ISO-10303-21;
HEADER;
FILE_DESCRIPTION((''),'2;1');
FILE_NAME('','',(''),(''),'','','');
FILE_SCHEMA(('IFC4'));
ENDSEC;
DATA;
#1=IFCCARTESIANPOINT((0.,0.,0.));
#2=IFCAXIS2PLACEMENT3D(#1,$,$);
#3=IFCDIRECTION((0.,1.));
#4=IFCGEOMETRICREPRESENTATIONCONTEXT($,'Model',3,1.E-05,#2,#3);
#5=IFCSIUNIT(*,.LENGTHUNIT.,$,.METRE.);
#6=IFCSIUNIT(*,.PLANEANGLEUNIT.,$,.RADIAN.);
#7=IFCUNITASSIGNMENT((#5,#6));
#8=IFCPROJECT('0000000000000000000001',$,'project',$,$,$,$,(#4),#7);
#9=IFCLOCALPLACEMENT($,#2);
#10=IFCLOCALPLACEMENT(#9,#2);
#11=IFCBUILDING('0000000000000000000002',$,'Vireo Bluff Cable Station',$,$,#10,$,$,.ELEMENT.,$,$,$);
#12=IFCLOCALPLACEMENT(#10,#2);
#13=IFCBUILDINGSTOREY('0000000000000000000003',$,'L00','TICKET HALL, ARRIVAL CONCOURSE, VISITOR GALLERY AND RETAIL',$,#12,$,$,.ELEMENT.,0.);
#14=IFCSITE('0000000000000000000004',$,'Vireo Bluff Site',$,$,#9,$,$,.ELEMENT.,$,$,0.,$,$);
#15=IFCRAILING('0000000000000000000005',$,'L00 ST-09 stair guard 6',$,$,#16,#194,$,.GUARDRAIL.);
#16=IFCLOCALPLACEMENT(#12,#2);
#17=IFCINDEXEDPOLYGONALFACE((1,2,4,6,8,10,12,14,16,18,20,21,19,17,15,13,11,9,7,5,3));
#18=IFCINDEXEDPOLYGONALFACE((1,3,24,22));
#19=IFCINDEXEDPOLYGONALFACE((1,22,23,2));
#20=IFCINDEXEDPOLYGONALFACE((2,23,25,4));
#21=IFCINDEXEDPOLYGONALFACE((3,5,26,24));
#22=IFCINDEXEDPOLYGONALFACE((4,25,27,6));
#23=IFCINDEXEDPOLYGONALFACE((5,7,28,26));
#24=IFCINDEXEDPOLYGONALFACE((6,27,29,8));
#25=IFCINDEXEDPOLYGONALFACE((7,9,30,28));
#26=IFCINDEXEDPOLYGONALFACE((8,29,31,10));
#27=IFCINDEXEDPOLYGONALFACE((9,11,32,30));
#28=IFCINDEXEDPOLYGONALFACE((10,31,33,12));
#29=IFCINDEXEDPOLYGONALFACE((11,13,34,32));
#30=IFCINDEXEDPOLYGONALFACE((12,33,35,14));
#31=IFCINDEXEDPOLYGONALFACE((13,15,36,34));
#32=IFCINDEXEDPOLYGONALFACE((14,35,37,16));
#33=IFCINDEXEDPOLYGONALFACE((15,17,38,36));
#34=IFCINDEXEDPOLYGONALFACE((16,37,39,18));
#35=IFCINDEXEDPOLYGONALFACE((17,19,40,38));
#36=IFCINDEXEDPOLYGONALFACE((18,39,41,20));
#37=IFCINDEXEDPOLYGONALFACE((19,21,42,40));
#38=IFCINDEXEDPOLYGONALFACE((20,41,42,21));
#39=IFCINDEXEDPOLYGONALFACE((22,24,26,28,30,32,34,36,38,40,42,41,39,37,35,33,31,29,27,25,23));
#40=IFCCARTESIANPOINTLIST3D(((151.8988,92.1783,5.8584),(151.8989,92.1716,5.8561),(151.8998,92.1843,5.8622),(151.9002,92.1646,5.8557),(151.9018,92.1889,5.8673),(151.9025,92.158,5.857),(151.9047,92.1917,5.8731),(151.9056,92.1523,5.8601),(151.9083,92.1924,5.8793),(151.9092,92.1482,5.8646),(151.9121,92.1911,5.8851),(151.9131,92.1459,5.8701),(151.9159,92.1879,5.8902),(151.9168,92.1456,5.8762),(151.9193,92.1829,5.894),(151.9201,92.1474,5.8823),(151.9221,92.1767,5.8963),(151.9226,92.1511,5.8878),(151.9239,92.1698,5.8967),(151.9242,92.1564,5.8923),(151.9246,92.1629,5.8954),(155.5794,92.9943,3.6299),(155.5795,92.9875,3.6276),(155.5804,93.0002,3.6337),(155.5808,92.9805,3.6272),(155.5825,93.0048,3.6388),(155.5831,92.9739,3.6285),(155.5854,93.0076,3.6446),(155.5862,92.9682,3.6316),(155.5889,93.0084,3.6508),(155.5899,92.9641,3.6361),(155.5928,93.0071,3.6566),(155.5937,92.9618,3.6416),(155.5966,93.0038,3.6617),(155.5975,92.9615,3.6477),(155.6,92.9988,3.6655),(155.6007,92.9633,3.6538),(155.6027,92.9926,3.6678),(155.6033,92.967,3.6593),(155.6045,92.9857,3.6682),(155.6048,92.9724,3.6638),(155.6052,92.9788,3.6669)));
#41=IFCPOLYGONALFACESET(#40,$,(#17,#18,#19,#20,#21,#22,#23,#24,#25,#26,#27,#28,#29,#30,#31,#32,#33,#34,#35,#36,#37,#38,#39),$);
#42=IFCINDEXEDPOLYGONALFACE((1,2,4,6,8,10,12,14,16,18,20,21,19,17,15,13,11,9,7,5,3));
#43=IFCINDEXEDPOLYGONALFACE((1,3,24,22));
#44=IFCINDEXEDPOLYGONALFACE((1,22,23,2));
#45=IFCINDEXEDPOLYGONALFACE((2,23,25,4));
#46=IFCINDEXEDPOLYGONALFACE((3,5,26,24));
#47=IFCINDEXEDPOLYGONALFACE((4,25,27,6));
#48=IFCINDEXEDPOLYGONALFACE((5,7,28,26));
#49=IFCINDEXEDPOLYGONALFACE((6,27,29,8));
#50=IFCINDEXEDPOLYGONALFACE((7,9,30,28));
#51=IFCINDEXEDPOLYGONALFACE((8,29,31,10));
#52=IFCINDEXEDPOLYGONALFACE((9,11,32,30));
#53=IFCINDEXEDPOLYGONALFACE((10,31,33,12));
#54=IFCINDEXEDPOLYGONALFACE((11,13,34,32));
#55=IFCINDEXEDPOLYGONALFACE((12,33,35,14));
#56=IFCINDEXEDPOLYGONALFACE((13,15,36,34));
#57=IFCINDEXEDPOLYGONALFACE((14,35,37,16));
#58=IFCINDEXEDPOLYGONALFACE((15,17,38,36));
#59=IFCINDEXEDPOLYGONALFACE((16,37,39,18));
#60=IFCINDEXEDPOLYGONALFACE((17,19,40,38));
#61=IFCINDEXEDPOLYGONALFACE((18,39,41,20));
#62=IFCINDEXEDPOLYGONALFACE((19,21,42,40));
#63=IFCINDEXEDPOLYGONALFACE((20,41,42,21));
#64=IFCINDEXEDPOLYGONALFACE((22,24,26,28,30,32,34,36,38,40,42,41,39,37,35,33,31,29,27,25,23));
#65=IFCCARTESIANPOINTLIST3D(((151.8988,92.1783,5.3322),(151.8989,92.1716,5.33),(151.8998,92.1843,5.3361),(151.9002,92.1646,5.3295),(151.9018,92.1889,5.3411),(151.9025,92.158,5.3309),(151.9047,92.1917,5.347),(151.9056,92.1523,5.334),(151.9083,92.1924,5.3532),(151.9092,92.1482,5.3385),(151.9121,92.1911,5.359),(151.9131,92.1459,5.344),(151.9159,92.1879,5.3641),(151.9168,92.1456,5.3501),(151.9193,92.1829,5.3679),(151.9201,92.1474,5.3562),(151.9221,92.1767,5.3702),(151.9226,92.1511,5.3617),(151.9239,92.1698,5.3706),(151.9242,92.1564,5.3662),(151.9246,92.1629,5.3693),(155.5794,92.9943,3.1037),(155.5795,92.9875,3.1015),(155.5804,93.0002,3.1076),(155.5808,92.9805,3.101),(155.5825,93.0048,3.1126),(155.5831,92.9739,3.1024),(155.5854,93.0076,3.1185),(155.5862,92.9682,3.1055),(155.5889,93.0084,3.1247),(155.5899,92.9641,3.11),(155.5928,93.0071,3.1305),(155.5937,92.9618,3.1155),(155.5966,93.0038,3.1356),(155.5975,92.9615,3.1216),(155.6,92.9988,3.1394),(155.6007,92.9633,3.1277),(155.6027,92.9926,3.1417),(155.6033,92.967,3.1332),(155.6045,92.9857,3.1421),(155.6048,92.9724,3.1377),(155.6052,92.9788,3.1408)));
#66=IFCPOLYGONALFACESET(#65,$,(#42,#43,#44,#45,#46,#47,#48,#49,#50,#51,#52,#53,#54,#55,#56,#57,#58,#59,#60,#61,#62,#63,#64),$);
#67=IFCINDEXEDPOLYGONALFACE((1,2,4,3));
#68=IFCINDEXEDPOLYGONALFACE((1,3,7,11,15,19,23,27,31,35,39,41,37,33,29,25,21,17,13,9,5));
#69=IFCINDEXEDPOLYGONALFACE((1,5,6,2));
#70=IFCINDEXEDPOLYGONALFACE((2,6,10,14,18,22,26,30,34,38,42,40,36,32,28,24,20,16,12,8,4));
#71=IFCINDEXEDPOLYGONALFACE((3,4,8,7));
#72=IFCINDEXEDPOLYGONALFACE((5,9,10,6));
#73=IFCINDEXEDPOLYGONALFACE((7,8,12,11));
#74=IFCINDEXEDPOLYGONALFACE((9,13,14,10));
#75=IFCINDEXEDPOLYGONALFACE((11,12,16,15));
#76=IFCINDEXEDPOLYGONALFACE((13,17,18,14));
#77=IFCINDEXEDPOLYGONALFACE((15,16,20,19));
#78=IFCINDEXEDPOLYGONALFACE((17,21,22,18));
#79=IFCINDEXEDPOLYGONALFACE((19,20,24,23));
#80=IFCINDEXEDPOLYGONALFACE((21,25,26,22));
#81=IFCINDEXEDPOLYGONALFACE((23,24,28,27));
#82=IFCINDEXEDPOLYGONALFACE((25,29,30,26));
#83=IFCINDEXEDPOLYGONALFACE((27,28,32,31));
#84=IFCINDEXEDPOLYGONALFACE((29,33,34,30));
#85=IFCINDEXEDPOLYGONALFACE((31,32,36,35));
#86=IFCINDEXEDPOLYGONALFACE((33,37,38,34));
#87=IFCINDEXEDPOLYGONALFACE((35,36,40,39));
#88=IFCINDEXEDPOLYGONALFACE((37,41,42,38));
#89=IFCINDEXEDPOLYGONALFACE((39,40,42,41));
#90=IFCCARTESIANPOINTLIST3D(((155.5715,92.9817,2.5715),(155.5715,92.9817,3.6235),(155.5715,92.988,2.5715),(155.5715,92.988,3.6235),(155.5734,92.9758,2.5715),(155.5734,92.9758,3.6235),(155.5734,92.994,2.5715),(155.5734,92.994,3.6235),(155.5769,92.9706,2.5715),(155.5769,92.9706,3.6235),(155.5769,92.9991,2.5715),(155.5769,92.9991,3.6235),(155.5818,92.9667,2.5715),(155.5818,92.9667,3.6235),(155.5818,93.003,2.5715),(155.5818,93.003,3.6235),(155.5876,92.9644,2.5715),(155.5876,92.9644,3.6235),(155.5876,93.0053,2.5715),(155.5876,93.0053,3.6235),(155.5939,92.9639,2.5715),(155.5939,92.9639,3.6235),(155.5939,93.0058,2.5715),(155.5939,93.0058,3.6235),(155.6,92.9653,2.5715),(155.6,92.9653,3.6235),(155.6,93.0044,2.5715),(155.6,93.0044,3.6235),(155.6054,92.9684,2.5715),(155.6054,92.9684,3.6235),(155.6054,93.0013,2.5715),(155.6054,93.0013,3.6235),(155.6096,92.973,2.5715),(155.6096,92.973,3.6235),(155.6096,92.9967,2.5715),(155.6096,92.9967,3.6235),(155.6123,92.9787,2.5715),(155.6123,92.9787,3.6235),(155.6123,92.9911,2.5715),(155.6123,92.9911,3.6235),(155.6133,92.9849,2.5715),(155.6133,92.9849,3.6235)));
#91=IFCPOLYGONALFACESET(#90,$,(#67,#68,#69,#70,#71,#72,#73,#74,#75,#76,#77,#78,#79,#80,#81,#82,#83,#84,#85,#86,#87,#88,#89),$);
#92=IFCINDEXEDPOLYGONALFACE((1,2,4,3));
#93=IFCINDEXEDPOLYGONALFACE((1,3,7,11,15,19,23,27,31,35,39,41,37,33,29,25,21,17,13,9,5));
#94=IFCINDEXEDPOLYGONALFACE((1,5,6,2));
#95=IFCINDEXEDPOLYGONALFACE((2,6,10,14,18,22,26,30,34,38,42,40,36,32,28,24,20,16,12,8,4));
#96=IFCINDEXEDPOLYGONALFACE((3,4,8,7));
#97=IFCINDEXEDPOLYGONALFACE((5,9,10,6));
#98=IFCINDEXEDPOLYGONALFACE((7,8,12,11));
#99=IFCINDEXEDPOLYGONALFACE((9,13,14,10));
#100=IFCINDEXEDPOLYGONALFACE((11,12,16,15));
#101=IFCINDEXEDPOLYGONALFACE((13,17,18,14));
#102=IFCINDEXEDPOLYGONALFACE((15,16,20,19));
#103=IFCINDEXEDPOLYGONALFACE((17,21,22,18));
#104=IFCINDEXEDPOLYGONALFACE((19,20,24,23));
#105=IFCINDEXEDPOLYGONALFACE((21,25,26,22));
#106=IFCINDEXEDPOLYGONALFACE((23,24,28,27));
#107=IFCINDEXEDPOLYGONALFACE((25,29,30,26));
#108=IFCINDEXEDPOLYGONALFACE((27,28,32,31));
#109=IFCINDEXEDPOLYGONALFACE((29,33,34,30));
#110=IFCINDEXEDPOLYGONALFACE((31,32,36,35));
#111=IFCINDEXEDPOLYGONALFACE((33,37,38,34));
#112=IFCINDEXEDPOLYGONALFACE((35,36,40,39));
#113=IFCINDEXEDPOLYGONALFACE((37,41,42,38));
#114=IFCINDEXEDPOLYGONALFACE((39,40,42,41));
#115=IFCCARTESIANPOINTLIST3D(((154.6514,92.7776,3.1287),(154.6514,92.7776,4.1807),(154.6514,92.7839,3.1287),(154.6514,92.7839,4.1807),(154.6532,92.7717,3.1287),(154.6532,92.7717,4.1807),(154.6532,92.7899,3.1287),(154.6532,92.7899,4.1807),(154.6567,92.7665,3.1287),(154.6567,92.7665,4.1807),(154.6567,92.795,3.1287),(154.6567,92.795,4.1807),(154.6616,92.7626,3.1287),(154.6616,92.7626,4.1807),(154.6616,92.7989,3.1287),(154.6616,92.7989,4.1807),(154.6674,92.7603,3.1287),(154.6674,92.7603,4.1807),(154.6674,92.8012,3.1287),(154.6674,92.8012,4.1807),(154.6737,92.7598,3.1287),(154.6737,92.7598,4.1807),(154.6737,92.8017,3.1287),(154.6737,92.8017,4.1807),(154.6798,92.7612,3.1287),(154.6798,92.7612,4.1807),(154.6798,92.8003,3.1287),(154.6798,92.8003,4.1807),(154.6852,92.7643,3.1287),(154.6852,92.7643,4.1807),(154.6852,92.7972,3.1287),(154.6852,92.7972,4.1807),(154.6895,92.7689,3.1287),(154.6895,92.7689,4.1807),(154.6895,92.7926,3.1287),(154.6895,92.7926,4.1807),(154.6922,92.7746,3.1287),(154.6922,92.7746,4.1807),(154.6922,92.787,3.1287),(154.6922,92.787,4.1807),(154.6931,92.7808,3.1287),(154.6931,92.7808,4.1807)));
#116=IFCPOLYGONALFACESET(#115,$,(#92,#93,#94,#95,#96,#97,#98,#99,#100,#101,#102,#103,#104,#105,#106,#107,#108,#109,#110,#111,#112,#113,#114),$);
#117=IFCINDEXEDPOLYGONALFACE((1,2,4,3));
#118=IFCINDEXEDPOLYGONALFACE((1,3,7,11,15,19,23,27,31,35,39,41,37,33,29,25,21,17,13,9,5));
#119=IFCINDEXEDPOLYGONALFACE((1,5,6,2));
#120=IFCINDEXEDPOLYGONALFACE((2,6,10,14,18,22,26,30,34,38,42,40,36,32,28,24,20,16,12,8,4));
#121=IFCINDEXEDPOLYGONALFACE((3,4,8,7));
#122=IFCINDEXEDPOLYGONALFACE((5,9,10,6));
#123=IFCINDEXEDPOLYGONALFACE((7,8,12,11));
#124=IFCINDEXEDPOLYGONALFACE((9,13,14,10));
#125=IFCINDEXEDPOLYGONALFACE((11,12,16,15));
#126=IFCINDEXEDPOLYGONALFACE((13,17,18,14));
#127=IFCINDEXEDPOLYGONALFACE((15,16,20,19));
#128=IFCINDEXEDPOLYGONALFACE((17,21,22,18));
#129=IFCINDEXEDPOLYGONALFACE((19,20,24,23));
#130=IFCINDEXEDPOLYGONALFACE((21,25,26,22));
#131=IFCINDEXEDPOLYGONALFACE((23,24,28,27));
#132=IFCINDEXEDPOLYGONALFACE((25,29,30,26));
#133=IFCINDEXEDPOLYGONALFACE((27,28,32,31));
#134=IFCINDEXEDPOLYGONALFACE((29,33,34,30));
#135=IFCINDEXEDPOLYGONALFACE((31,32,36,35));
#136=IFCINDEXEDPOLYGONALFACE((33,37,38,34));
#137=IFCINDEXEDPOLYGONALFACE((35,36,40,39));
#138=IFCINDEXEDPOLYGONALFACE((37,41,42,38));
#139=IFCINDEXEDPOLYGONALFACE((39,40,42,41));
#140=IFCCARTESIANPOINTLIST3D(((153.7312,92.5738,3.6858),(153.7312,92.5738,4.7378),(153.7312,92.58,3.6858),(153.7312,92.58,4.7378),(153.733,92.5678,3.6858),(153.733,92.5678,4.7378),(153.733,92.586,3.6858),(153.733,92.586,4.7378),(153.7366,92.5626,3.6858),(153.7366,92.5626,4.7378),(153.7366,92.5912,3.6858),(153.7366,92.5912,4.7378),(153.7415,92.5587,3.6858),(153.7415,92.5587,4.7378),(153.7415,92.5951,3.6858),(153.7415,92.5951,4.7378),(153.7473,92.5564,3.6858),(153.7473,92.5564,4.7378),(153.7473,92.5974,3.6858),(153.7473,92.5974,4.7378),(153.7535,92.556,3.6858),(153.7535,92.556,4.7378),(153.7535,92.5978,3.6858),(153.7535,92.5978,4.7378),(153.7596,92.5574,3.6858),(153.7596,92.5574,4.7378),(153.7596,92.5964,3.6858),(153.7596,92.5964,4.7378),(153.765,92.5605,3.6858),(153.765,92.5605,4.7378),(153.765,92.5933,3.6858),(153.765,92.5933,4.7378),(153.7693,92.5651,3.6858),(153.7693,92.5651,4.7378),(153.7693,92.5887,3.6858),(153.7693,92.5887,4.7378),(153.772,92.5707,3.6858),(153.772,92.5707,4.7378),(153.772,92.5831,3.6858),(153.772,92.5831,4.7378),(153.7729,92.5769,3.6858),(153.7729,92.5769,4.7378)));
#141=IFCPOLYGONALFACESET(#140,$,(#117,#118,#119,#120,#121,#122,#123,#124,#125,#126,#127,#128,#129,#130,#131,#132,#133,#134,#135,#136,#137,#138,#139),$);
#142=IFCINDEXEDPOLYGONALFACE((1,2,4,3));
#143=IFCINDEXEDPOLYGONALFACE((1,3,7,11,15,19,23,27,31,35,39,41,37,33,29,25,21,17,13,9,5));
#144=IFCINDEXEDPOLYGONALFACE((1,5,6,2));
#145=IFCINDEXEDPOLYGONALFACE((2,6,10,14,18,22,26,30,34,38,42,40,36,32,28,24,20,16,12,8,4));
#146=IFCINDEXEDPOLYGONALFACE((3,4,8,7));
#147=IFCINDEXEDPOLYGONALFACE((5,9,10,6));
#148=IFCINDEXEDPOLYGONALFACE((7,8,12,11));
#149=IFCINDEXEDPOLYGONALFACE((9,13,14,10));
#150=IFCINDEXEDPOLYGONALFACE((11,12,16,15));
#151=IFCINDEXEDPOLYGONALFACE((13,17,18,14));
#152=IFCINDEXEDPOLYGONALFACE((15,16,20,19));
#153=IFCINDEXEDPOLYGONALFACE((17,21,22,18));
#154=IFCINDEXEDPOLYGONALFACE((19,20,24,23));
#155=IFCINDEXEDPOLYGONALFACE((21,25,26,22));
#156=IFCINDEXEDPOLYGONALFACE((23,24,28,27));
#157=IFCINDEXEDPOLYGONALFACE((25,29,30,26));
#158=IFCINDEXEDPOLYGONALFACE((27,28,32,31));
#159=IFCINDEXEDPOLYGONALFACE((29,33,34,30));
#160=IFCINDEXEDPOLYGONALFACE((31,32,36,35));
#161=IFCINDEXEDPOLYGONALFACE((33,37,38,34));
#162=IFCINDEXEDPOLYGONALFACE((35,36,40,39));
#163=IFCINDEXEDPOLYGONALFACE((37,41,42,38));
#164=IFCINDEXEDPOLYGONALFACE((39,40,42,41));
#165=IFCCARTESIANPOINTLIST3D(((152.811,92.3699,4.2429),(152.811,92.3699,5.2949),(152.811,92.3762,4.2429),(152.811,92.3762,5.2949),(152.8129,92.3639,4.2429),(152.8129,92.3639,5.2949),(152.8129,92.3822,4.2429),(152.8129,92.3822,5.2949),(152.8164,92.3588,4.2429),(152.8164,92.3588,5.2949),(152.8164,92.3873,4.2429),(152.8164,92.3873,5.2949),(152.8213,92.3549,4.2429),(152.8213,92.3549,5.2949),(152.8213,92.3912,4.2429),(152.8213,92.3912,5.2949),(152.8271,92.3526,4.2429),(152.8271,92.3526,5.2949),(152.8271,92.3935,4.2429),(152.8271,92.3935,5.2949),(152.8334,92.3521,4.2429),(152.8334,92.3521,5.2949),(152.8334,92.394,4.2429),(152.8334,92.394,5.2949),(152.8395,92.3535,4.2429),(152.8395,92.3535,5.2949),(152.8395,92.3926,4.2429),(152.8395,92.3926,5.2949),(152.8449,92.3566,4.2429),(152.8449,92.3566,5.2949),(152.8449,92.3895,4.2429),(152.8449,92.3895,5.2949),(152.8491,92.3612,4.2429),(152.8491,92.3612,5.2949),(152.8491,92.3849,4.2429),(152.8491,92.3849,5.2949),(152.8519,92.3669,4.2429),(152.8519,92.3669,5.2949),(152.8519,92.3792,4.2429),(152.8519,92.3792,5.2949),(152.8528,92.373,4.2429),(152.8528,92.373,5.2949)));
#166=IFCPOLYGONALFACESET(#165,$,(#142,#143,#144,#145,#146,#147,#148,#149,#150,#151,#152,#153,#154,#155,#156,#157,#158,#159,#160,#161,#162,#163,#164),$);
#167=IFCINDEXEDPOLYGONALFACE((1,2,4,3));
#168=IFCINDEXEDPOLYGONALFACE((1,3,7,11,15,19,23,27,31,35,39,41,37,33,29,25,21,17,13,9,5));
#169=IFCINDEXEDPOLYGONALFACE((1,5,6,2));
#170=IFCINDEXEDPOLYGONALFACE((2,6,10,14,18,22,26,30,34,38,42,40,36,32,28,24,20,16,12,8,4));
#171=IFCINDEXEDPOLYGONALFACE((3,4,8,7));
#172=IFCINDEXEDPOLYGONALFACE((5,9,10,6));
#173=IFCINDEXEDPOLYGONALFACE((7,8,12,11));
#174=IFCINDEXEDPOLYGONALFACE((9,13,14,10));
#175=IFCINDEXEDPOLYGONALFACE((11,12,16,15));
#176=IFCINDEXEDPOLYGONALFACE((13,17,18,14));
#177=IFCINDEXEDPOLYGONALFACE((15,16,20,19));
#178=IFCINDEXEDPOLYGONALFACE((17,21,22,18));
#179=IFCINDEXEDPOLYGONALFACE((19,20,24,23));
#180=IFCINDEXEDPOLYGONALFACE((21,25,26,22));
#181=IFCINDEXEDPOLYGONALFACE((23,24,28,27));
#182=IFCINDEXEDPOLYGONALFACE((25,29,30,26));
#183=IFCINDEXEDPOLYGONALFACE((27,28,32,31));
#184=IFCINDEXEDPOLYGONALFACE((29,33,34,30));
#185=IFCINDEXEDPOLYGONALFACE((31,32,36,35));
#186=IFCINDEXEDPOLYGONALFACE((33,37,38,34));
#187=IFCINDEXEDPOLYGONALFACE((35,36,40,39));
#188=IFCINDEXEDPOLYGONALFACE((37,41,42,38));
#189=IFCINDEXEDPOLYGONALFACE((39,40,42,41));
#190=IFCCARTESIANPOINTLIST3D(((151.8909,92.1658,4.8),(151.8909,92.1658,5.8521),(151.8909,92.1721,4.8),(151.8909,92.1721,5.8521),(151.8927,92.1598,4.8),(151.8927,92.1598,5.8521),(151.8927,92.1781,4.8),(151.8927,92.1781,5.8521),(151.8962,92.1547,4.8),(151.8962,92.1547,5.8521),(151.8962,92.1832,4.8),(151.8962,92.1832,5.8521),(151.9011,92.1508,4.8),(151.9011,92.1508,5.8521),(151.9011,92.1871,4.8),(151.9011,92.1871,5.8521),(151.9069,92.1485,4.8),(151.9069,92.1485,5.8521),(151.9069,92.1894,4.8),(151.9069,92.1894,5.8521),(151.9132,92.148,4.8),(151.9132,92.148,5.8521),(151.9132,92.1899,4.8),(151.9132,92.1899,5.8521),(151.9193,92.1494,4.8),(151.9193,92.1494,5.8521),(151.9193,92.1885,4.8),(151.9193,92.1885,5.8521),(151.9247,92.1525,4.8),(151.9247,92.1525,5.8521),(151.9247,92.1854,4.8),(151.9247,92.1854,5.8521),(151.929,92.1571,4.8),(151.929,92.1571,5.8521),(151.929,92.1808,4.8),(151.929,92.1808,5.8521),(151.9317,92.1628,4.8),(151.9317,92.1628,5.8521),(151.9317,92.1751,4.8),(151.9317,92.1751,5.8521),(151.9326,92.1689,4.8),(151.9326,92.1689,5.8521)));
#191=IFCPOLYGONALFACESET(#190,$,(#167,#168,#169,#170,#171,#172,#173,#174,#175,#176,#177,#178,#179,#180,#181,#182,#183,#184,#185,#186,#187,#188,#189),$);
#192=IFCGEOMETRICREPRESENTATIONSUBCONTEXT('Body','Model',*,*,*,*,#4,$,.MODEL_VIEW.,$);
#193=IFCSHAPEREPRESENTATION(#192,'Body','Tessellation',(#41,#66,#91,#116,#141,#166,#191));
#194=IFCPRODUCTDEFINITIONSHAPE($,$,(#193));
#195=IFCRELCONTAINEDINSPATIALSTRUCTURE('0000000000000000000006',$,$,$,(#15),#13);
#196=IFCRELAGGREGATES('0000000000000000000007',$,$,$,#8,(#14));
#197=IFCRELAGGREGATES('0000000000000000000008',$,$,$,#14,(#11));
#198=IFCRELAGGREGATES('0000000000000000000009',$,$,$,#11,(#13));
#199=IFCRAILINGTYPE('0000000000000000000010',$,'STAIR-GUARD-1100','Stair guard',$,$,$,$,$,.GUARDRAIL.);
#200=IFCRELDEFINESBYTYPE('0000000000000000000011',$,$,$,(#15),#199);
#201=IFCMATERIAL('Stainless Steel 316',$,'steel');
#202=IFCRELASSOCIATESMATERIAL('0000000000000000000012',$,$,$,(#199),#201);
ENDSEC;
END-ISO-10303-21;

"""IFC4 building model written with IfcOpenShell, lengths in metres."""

from ifc_helpers import new_model, si_unit, direction, frame, origin, origin_2d, place, context, subcontext, project, spatial, circle, extrude, material, type_object, element, save


model = new_model("IFC4")

# Units and contexts
model_context = context("Model", 3, precision=1e-05, world=origin(), true_north=direction((0.0, 1.0)))
body_context = subcontext(model_context, "Body", "Model", "MODEL_VIEW")
ifc_project = project(units=[si_unit("LENGTHUNIT", "METRE"), si_unit("PLANEANGLEUNIT", "RADIAN")], contexts=[model_context])

# Site, building, storey
site_placement = place(None, origin())
site = spatial("IfcSite", under=ifc_project, at=site_placement, Name="Vireo Bluff Site", CompositionType="ELEMENT", RefElevation=0.0)
building_placement = place(site_placement, origin())
building = spatial("IfcBuilding", under=site, at=building_placement, Name="Vireo Bluff Cable Station", CompositionType="ELEMENT")
storey_placement = place(building_placement, origin())
storey = spatial("IfcBuildingStorey", under=building, at=storey_placement, Name="L00", Description="TICKET HALL, ARRIVAL CONCOURSE, VISITOR GALLERY AND RETAIL", CompositionType="ELEMENT", Elevation=0.0)

# Railing
ifc_material_1 = material(Name="Stainless Steel 316", Category="steel")
railing_type_1 = type_object("IfcRailingType", Name="STAIR-GUARD-1100", Description="Stair guard", PredefinedType="GUARDRAIL", material=ifc_material_1)
railing_1_placement = place(storey_placement, frame((155.5923, 92.9849, 2.5715)))
element("IfcRailing", 1, at=railing_1_placement, inside=storey, type_object=railing_type_1, Name="L00 ST-09 stair guard 6", PredefinedType="GUARDRAIL", context=body_context, shape_type="SweptSolid", body=[
    extrude(circle(Radius=0.0239, at=origin_2d()), frame((0.0, 0.0, 1.0762), z_axis=(-0.840446, -0.186307, 0.508861), x_axis=(0.216423, -0.9763, 0.0)), (0.0, 0.0, 1.0), 4.3794),
    extrude(circle(Radius=0.0239, at=origin_2d()), frame((0.0, 0.0, 0.55), z_axis=(-0.840446, -0.186307, 0.508861), x_axis=(0.216423, -0.9763, 0.0)), (0.0, 0.0, 1.0), 4.3794),
    extrude(circle(Radius=0.021, at=origin_2d()), origin(), (0.0, 0.0, 1.0), 1.052),
    extrude(circle(Radius=0.021, at=origin_2d()), frame((-0.9202, -0.2041, 0.5571)), (0.0, 0.0, 1.0), 1.052),
    extrude(circle(Radius=0.021, at=origin_2d()), frame((-1.8403, -0.408, 1.1143)), (0.0, 0.0, 1.0), 1.052),
    extrude(circle(Radius=0.021, at=origin_2d()), frame((-2.7605, -0.6118, 1.6714)), (0.0, 0.0, 1.0), 1.052),
    extrude(circle(Radius=0.021, at=origin_2d()), frame((-3.6807, -0.8159, 2.2285)), (0.0, 0.0, 1.0), 1.052),
])

save(model, "model.ifc")
